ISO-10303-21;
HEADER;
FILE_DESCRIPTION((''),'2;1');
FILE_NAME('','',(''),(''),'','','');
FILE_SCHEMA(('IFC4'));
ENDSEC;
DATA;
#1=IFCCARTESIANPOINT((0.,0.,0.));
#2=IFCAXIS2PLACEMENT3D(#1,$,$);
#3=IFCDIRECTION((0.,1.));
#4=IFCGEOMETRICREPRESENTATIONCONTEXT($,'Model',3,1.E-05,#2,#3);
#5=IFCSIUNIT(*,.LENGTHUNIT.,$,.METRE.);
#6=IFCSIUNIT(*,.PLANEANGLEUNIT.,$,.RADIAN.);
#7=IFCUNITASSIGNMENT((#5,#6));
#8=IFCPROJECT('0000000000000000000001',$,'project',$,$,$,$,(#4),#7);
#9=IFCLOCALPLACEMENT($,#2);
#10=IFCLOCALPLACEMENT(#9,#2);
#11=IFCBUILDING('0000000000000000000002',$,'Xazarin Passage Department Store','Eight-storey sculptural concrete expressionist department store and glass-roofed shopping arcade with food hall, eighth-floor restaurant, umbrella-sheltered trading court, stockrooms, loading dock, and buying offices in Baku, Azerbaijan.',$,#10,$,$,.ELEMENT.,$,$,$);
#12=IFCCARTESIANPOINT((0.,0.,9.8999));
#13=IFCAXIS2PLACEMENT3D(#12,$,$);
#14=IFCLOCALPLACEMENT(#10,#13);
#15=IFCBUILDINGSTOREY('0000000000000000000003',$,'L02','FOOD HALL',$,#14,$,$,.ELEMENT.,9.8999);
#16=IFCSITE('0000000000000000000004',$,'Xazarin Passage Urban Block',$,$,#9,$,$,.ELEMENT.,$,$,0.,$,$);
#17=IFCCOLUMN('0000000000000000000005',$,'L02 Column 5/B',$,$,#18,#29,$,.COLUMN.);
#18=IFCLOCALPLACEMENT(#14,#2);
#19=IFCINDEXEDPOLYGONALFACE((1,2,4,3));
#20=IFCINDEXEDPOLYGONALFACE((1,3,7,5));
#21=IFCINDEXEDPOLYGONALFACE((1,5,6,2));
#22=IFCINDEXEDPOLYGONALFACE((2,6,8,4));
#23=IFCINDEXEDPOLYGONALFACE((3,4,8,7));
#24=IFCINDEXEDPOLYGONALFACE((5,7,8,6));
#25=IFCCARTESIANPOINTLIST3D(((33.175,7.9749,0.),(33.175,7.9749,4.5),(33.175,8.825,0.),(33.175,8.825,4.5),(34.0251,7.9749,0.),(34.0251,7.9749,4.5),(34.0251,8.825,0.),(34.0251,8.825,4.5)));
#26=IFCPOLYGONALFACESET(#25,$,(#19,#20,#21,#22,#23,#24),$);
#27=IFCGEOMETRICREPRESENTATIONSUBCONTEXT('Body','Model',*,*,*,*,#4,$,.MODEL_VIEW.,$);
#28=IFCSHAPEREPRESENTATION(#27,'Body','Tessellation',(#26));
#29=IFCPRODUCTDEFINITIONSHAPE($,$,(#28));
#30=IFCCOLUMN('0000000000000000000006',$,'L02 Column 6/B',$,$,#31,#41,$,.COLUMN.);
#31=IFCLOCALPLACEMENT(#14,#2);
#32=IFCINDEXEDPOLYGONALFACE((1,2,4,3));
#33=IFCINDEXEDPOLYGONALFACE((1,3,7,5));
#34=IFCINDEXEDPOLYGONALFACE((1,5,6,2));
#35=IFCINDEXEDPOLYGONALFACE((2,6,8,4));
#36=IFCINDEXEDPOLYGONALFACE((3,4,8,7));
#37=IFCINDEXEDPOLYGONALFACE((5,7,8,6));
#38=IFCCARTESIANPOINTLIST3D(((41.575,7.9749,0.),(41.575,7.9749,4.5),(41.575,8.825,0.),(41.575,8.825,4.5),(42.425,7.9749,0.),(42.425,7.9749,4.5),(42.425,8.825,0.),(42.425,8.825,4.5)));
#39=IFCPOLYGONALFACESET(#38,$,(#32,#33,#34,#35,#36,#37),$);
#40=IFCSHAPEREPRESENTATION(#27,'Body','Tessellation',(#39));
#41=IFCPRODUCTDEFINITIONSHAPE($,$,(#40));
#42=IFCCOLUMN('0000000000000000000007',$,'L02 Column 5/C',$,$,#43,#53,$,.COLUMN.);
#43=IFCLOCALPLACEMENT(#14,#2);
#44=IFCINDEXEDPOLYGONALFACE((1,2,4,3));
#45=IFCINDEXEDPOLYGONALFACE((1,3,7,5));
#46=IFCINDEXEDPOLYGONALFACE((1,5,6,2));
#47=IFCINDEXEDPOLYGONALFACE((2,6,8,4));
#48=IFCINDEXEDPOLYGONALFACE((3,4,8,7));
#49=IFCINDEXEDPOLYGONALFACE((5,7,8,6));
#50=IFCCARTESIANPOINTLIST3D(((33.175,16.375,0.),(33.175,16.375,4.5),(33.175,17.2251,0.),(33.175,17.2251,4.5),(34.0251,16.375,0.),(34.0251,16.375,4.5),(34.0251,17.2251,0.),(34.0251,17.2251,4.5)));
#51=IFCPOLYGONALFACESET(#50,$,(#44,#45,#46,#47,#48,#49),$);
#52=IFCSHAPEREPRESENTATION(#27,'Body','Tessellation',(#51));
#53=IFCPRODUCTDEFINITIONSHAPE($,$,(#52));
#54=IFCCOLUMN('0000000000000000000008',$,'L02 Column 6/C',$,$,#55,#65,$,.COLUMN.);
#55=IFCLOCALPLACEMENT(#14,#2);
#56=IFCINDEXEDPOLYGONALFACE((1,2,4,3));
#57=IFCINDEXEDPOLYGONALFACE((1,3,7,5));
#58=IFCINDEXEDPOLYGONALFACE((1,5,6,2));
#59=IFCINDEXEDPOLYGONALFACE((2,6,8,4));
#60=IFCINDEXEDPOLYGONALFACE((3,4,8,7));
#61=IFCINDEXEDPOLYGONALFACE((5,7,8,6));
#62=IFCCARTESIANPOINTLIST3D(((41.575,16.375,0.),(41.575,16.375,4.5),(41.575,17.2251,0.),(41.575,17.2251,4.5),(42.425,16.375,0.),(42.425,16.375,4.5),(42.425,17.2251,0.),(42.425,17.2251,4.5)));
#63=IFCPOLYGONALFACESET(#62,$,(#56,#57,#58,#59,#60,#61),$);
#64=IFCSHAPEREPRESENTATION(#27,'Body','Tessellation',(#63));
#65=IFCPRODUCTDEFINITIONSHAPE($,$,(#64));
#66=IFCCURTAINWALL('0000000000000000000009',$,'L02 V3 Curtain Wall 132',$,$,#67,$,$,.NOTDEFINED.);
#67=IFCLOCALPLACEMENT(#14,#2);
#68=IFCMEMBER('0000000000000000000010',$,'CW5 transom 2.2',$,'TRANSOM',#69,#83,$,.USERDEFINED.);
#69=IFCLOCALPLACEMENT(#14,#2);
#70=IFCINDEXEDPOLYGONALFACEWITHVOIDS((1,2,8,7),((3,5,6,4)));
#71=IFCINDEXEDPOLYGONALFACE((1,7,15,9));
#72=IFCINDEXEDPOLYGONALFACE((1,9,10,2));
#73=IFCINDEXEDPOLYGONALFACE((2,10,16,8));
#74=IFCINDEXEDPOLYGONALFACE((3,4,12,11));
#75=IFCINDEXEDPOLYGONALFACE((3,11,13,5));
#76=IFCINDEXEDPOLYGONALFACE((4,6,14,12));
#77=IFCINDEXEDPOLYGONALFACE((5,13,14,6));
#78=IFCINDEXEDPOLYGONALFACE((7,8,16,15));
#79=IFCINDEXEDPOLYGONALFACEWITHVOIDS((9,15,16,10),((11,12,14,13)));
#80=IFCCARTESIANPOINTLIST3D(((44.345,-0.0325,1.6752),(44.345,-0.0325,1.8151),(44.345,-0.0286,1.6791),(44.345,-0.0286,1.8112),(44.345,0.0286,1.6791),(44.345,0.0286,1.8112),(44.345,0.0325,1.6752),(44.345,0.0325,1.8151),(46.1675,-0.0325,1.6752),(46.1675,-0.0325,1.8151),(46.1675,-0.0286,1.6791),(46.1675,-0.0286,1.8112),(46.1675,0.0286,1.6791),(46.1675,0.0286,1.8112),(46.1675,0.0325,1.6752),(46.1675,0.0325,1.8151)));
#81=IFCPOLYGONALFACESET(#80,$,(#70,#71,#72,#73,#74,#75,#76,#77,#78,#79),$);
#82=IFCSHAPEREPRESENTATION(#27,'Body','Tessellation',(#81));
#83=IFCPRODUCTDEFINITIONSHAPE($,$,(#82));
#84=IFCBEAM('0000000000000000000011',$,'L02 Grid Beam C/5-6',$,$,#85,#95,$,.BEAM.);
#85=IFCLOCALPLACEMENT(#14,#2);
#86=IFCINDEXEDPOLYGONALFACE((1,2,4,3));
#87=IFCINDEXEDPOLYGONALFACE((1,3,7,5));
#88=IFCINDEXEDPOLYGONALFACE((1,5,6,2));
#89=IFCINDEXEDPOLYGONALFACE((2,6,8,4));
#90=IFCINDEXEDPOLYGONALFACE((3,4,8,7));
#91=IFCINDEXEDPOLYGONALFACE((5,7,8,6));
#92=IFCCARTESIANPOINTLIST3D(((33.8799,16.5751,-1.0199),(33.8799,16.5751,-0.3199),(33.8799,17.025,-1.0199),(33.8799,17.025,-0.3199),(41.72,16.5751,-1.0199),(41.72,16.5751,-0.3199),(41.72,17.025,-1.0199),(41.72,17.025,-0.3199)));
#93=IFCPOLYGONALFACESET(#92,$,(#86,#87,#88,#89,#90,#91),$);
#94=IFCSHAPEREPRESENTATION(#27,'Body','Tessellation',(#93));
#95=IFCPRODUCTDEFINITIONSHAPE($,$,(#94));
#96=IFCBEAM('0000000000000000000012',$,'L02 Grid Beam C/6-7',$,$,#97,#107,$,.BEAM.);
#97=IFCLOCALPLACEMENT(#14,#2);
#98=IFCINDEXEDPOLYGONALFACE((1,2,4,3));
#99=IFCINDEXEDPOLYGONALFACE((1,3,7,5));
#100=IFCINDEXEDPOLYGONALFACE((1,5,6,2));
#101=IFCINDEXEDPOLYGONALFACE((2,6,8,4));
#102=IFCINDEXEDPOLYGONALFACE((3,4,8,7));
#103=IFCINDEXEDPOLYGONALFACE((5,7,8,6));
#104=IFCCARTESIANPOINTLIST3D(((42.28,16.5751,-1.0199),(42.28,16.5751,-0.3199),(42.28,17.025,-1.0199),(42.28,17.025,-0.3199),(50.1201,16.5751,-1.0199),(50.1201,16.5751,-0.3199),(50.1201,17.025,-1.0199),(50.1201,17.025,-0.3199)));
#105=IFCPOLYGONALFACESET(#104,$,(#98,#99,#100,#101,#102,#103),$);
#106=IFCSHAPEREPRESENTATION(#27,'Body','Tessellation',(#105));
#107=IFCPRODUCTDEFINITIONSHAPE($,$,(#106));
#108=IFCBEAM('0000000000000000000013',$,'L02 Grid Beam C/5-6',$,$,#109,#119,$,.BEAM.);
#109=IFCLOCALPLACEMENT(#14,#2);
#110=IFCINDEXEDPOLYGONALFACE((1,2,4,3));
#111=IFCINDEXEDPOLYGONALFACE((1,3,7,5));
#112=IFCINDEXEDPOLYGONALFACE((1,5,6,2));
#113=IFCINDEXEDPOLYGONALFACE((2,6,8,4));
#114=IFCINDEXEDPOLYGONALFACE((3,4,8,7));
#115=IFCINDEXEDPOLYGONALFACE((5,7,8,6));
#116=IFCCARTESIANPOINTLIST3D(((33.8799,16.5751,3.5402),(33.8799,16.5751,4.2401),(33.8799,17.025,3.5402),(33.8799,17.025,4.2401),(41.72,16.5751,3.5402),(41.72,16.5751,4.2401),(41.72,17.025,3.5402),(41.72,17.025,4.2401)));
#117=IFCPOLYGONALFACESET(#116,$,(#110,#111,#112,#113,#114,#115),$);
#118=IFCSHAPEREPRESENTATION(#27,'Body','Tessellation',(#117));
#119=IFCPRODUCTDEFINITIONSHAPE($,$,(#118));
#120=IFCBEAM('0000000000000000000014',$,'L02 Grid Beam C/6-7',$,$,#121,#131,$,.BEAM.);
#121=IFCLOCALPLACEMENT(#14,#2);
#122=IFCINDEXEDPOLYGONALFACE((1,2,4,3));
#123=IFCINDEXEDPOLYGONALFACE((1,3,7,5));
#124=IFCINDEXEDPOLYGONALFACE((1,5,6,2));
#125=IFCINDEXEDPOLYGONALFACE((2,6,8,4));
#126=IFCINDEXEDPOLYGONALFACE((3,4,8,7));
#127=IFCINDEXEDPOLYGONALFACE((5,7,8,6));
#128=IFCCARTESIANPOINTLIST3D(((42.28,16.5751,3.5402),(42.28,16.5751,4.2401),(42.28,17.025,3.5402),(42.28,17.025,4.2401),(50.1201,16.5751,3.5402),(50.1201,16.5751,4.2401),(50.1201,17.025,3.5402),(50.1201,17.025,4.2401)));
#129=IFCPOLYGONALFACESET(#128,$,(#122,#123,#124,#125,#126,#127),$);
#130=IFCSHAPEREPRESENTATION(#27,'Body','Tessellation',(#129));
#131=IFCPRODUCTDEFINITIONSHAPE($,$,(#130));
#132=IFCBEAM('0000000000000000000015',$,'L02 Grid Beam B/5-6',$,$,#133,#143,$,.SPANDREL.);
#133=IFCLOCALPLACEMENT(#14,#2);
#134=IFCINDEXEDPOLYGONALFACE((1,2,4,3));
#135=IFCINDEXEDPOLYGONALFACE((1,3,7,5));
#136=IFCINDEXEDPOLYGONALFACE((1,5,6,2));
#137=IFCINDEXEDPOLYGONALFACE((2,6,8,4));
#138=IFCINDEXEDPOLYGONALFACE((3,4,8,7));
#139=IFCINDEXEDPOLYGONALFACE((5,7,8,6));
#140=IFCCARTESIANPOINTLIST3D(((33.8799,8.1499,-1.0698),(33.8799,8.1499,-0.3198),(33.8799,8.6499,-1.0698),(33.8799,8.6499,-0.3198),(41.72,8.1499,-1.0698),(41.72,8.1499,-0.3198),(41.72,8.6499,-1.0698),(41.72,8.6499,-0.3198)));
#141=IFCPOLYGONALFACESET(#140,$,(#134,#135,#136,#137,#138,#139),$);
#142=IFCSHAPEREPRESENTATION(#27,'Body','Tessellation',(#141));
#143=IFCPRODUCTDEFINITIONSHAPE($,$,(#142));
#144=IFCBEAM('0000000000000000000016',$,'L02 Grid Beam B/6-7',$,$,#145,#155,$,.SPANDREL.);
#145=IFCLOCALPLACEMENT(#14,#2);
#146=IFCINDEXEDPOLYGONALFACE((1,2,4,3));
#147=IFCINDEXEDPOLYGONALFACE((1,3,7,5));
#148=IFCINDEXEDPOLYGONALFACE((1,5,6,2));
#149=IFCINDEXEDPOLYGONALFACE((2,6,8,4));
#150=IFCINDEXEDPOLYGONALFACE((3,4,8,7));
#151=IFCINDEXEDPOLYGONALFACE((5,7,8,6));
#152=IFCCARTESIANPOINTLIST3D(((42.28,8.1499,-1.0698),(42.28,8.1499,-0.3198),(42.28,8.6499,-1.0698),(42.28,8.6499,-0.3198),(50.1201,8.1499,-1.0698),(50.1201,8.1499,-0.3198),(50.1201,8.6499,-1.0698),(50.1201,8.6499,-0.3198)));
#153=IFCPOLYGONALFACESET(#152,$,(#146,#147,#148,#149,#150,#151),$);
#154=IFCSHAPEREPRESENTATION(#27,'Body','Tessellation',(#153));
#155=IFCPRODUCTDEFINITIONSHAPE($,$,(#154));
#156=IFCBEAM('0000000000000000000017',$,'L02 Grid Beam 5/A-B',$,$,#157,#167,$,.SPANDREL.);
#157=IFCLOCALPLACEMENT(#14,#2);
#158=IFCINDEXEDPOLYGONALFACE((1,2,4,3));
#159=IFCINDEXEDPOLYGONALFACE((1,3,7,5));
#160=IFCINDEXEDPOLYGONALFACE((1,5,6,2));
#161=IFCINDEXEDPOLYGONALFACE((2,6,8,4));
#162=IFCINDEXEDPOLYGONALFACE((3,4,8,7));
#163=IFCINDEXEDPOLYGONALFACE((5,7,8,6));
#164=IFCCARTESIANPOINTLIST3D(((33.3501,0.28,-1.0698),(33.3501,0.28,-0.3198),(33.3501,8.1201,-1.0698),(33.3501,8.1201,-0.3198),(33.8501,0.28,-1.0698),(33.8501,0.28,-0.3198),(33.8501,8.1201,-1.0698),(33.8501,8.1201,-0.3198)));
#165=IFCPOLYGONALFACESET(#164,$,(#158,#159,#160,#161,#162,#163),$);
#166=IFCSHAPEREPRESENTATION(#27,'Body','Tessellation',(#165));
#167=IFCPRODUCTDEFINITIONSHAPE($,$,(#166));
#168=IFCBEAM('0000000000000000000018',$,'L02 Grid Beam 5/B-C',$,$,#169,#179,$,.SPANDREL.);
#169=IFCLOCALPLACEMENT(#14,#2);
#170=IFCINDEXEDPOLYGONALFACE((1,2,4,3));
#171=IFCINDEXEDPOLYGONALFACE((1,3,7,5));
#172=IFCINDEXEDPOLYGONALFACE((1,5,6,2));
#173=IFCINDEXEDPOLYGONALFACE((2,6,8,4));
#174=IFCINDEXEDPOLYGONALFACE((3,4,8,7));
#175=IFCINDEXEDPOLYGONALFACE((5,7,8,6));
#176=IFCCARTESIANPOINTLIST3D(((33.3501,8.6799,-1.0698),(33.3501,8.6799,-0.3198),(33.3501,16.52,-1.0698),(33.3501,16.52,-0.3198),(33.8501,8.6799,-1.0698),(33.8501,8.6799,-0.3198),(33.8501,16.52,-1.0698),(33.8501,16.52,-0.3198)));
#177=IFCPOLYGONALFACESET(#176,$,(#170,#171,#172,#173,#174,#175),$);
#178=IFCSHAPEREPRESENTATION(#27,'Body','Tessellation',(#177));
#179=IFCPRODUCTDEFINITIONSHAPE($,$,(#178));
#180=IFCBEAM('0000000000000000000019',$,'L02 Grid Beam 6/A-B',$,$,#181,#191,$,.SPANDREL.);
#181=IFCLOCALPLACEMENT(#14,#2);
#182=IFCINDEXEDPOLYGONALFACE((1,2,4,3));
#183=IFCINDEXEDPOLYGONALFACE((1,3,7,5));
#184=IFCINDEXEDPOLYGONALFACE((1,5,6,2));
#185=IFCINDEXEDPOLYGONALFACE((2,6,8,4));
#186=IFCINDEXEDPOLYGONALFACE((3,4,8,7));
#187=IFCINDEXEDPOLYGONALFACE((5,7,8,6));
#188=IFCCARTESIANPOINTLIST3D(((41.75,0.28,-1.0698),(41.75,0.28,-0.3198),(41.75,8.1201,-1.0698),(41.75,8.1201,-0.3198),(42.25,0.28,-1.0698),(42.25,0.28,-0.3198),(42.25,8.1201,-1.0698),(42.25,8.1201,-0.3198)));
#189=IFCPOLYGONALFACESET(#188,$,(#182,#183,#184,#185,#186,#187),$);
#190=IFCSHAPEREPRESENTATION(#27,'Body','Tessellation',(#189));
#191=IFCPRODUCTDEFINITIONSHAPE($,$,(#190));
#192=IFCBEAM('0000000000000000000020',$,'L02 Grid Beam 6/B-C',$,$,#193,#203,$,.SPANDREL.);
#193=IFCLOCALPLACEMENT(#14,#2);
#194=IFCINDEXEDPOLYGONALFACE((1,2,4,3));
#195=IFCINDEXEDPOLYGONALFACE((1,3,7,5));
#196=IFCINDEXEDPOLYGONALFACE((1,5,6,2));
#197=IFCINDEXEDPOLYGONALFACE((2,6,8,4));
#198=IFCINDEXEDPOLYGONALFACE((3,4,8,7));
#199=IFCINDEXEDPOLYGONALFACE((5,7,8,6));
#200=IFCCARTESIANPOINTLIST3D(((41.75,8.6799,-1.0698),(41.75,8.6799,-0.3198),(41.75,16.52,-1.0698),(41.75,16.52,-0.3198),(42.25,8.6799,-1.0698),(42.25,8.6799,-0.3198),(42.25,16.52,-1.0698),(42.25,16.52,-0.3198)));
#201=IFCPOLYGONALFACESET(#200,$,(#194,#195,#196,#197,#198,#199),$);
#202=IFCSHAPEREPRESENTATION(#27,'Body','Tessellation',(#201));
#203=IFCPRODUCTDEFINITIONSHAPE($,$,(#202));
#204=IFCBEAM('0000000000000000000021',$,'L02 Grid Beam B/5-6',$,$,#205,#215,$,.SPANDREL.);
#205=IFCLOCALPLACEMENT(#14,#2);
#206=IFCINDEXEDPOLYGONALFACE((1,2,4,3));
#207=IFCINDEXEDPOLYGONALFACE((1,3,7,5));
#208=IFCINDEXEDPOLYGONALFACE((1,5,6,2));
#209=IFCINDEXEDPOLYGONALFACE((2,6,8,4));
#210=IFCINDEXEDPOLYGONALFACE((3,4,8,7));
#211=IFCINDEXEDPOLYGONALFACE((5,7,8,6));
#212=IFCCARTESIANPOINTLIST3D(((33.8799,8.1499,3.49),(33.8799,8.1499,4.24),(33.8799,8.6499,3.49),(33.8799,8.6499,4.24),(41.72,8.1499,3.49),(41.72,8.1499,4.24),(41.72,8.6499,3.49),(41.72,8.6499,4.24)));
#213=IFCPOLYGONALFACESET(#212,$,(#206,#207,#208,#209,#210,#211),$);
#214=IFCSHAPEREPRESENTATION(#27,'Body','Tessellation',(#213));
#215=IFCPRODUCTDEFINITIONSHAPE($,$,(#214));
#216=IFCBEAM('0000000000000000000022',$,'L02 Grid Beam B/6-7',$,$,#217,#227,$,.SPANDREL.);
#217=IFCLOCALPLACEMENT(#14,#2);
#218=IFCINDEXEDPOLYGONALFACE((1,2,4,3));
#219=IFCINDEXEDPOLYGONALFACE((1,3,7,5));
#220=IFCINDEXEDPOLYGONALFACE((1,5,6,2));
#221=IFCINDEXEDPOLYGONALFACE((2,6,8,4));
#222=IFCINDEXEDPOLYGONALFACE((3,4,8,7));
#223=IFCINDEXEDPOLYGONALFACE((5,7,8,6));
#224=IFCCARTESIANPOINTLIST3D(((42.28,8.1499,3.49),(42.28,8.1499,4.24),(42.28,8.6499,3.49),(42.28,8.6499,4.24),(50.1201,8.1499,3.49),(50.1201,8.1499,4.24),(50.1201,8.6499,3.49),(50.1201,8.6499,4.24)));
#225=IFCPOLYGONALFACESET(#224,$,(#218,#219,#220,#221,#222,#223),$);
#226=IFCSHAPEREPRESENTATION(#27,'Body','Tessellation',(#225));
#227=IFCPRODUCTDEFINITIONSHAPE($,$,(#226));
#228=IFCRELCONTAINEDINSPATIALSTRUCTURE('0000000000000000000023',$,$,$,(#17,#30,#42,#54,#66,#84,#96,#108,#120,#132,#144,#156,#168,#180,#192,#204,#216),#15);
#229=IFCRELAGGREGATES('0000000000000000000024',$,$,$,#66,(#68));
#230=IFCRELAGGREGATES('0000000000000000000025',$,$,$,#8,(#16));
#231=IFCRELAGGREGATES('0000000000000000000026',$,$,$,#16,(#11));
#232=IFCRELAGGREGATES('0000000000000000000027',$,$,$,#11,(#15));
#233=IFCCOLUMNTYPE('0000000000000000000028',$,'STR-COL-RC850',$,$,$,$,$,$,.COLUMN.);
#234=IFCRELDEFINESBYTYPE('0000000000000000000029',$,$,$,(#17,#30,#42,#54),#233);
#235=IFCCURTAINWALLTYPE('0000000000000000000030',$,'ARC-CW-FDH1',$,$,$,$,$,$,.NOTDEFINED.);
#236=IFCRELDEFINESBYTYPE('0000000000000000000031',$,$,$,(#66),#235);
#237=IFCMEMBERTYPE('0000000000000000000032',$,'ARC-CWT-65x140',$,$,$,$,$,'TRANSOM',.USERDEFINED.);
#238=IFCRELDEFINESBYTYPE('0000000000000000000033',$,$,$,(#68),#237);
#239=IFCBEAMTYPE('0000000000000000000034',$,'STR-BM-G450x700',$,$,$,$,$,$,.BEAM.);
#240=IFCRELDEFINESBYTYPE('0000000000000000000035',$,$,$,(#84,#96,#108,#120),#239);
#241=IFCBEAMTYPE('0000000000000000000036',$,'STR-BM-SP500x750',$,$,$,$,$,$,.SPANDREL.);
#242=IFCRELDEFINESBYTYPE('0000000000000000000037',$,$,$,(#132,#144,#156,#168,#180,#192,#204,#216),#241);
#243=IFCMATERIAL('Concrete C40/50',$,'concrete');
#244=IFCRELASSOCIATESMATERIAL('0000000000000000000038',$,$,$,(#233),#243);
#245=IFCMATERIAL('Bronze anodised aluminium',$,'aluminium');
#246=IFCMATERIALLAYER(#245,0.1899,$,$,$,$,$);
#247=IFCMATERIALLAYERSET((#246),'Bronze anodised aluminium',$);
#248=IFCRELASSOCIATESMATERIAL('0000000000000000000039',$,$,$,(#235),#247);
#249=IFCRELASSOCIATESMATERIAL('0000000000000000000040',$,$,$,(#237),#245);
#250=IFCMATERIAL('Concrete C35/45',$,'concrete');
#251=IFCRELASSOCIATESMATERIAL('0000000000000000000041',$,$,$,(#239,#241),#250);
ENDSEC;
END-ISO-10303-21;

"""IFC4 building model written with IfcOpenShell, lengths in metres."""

from ifc_helpers import new_model, si_unit, direction, frame, origin, origin_2d, place, context, subcontext, project, spatial, rectangle, hollow_rectangle, extrude, material, layer, layer_set, material_profile, profile_set, type_object, element, aggregate, save


model = new_model("IFC4")

# Units and contexts
model_context = context("Model", 3, precision=1e-05, world=origin(), true_north=direction((0.0, 1.0)))
body_context = subcontext(model_context, "Body", "Model", "MODEL_VIEW")
ifc_project = project(units=[si_unit("LENGTHUNIT", "METRE"), si_unit("PLANEANGLEUNIT", "RADIAN")], contexts=[model_context])

# Site, building, storey
site_placement = place(None, origin())
site = spatial("IfcSite", under=ifc_project, at=site_placement, Name="Xazarin Passage Urban Block", CompositionType="ELEMENT", RefElevation=0.0)
building_placement = place(site_placement, origin())
building = spatial("IfcBuilding", under=site, at=building_placement, Name="Xazarin Passage Department Store", Description="Eight-storey sculptural concrete expressionist department store and glass-roofed shopping arcade with food hall, eighth-floor restaurant, umbrella-sheltered trading court, stockrooms, loading dock, and buying offices in Baku, Azerbaijan.", CompositionType="ELEMENT")
storey_placement = place(building_placement, frame((0.0, 0.0, 9.8999)))
storey = spatial("IfcBuildingStorey", under=building, at=storey_placement, Name="L02", Description="FOOD HALL", CompositionType="ELEMENT", Elevation=9.8999)

# Columns
ifc_material_1 = material(Name="Concrete C40/50", Category="concrete")
ifc_material_profile_1 = material_profile(ifc_material_1, rectangle(XDim=0.8501, YDim=0.8501, at=origin_2d()), Name="RC 850x850")
ifc_profile_set_1 = profile_set([ifc_material_profile_1], Name="Concrete C40/50")
column_type = type_object("IfcColumnType", Name="STR-COL-RC850", PredefinedType="COLUMN", material=ifc_profile_set_1)
for number, where, z_axis, x_axis, name in (
    (1, (33.6001, 8.3999, 0.0), (0.0, 0.0, 1.0), (1.0, 0.0, 0.0), "L02 Column 5/B"),
    (2, (42.0, 8.3999, 0.0), (0.0, 0.0, 1.0), (1.0, 0.0, 0.0), "L02 Column 6/B"),
    (3, (33.6001, 16.8, 0.0), (0.0, 0.0, 1.0), (1.0, 0.0, 0.0), "L02 Column 5/C"),
    (4, (42.0, 16.8, 0.0), (0.0, 0.0, 1.0), (1.0, 0.0, 0.0), "L02 Column 6/C"),
):
    element("IfcColumn", number, at=place(storey_placement, frame(where, z_axis=z_axis, x_axis=x_axis)), inside=storey, type_object=column_type, Name=name, PredefinedType="COLUMN", context=body_context, shape_type="SweptSolid", body=[
        extrude(rectangle(XDim=0.8501, YDim=0.8501, at=origin_2d()), origin(), (0.0, 0.0, 1.0), 4.5),
    ])

# Curtain wall, member
ifc_material_2 = material(Name="Bronze anodised aluminium", Category="aluminium")
ifc_layer_1 = layer(ifc_material_2, 0.1899)
ifc_layer_set_1 = layer_set([ifc_layer_1], Name="Bronze anodised aluminium")
curtain_wall_type = type_object("IfcCurtainWallType", Name="ARC-CW-FDH1", PredefinedType="NOTDEFINED", material=ifc_layer_set_1)
curtain_wall_placement = place(storey_placement, origin())
curtain_wall = element("IfcCurtainWall", 5, at=curtain_wall_placement, inside=storey, type_object=curtain_wall_type, Name="L02 V3 Curtain Wall 132", PredefinedType="NOTDEFINED")
ifc_material_profile_2 = material_profile(ifc_material_2, hollow_rectangle(XDim=0.0649, YDim=0.1399, WallThickness=0.0039, at=origin_2d()), Name="ALU 65x140")
ifc_profile_set_2 = profile_set([ifc_material_profile_2], Name="Bronze anodised aluminium")
member_type = type_object("IfcMemberType", Name="ARC-CWT-65x140", ElementType="TRANSOM", PredefinedType="USERDEFINED", material=ifc_profile_set_2)
member_placement = place(storey_placement, frame((44.345, 0.0, 1.7451), z_axis=(1.0, 0.0, 0.0), x_axis=(0.0, 1.0, 0.0)))
member = element("IfcMember", 6, at=member_placement, type_object=member_type, Name="CW5 transom 2.2", ObjectType="TRANSOM", PredefinedType="USERDEFINED", context=body_context, shape_type="SweptSolid", body=[
    extrude(hollow_rectangle(XDim=0.0649, YDim=0.1399, WallThickness=0.0039, at=origin_2d()), origin(), (0.0, 0.0, 1.0), 1.8225),
])
aggregate(curtain_wall, [member])

# Beams
ifc_material_3 = material(Name="Concrete C35/45", Category="concrete")
ifc_material_profile_3 = material_profile(ifc_material_3, rectangle(XDim=0.45, YDim=0.7, at=origin_2d()), Name="RC 450x700")
ifc_profile_set_3 = profile_set([ifc_material_profile_3], Name="Concrete C35/45")
beam_type_1 = type_object("IfcBeamType", Name="STR-BM-G450x700", PredefinedType="BEAM", material=ifc_profile_set_3)
for number, where, z_axis, x_axis, name in (
    (7, (33.8799, 16.8, -0.6699), (1.0, 0.0, 0.0), (0.0, 1.0, 0.0), "L02 Grid Beam C/5-6"),
    (8, (42.28, 16.8, -0.6699), (1.0, 0.0, 0.0), (0.0, 1.0, 0.0), "L02 Grid Beam C/6-7"),
    (9, (33.8799, 16.8, 3.8901), (1.0, 0.0, 0.0), (0.0, 1.0, 0.0), "L02 Grid Beam C/5-6"),
    (10, (42.28, 16.8, 3.8901), (1.0, 0.0, 0.0), (0.0, 1.0, 0.0), "L02 Grid Beam C/6-7"),
):
    element("IfcBeam", number, at=place(storey_placement, frame(where, z_axis=z_axis, x_axis=x_axis)), inside=storey, type_object=beam_type_1, Name=name, PredefinedType="BEAM", context=body_context, shape_type="SweptSolid", body=[
        extrude(rectangle(XDim=0.45, YDim=0.7, at=origin_2d()), origin(), (0.0, 0.0, 1.0), 7.8401),
    ])
ifc_material_profile_4 = material_profile(ifc_material_3, rectangle(XDim=0.5, YDim=0.75, at=origin_2d()), Name="RC 500x750")
ifc_profile_set_4 = profile_set([ifc_material_profile_4], Name="Concrete C35/45")
beam_type_2 = type_object("IfcBeamType", Name="STR-BM-SP500x750", PredefinedType="SPANDREL", material=ifc_profile_set_4)
for number, where, z_axis, x_axis, name in (
    (11, (33.8799, 8.3999, -0.6948), (1.0, 0.0, 0.0), (0.0, 1.0, 0.0), "L02 Grid Beam B/5-6"),
    (12, (42.28, 8.3999, -0.6948), (1.0, 0.0, 0.0), (0.0, 1.0, 0.0), "L02 Grid Beam B/6-7"),
    (13, (33.6001, 0.28, -0.6948), (0.0, 1.0, 0.0), (-1.0, 0.0, 0.0), "L02 Grid Beam 5/A-B"),
    (14, (33.6001, 8.6799, -0.6948), (0.0, 1.0, 0.0), (-1.0, 0.0, 0.0), "L02 Grid Beam 5/B-C"),
    (15, (42.0, 0.28, -0.6948), (0.0, 1.0, 0.0), (-1.0, 0.0, 0.0), "L02 Grid Beam 6/A-B"),
    (16, (42.0, 8.6799, -0.6948), (0.0, 1.0, 0.0), (-1.0, 0.0, 0.0), "L02 Grid Beam 6/B-C"),
    (17, (33.8799, 8.3999, 3.865), (1.0, 0.0, 0.0), (0.0, 1.0, 0.0), "L02 Grid Beam B/5-6"),
    (18, (42.28, 8.3999, 3.865), (1.0, 0.0, 0.0), (0.0, 1.0, 0.0), "L02 Grid Beam B/6-7"),
):
    element("IfcBeam", number, at=place(storey_placement, frame(where, z_axis=z_axis, x_axis=x_axis)), inside=storey, type_object=beam_type_2, Name=name, PredefinedType="SPANDREL", context=body_context, shape_type="SweptSolid", body=[
        extrude(rectangle(XDim=0.5, YDim=0.75, at=origin_2d()), origin(), (0.0, 0.0, 1.0), 7.8401),
    ])

save(model, "model.ifc")
